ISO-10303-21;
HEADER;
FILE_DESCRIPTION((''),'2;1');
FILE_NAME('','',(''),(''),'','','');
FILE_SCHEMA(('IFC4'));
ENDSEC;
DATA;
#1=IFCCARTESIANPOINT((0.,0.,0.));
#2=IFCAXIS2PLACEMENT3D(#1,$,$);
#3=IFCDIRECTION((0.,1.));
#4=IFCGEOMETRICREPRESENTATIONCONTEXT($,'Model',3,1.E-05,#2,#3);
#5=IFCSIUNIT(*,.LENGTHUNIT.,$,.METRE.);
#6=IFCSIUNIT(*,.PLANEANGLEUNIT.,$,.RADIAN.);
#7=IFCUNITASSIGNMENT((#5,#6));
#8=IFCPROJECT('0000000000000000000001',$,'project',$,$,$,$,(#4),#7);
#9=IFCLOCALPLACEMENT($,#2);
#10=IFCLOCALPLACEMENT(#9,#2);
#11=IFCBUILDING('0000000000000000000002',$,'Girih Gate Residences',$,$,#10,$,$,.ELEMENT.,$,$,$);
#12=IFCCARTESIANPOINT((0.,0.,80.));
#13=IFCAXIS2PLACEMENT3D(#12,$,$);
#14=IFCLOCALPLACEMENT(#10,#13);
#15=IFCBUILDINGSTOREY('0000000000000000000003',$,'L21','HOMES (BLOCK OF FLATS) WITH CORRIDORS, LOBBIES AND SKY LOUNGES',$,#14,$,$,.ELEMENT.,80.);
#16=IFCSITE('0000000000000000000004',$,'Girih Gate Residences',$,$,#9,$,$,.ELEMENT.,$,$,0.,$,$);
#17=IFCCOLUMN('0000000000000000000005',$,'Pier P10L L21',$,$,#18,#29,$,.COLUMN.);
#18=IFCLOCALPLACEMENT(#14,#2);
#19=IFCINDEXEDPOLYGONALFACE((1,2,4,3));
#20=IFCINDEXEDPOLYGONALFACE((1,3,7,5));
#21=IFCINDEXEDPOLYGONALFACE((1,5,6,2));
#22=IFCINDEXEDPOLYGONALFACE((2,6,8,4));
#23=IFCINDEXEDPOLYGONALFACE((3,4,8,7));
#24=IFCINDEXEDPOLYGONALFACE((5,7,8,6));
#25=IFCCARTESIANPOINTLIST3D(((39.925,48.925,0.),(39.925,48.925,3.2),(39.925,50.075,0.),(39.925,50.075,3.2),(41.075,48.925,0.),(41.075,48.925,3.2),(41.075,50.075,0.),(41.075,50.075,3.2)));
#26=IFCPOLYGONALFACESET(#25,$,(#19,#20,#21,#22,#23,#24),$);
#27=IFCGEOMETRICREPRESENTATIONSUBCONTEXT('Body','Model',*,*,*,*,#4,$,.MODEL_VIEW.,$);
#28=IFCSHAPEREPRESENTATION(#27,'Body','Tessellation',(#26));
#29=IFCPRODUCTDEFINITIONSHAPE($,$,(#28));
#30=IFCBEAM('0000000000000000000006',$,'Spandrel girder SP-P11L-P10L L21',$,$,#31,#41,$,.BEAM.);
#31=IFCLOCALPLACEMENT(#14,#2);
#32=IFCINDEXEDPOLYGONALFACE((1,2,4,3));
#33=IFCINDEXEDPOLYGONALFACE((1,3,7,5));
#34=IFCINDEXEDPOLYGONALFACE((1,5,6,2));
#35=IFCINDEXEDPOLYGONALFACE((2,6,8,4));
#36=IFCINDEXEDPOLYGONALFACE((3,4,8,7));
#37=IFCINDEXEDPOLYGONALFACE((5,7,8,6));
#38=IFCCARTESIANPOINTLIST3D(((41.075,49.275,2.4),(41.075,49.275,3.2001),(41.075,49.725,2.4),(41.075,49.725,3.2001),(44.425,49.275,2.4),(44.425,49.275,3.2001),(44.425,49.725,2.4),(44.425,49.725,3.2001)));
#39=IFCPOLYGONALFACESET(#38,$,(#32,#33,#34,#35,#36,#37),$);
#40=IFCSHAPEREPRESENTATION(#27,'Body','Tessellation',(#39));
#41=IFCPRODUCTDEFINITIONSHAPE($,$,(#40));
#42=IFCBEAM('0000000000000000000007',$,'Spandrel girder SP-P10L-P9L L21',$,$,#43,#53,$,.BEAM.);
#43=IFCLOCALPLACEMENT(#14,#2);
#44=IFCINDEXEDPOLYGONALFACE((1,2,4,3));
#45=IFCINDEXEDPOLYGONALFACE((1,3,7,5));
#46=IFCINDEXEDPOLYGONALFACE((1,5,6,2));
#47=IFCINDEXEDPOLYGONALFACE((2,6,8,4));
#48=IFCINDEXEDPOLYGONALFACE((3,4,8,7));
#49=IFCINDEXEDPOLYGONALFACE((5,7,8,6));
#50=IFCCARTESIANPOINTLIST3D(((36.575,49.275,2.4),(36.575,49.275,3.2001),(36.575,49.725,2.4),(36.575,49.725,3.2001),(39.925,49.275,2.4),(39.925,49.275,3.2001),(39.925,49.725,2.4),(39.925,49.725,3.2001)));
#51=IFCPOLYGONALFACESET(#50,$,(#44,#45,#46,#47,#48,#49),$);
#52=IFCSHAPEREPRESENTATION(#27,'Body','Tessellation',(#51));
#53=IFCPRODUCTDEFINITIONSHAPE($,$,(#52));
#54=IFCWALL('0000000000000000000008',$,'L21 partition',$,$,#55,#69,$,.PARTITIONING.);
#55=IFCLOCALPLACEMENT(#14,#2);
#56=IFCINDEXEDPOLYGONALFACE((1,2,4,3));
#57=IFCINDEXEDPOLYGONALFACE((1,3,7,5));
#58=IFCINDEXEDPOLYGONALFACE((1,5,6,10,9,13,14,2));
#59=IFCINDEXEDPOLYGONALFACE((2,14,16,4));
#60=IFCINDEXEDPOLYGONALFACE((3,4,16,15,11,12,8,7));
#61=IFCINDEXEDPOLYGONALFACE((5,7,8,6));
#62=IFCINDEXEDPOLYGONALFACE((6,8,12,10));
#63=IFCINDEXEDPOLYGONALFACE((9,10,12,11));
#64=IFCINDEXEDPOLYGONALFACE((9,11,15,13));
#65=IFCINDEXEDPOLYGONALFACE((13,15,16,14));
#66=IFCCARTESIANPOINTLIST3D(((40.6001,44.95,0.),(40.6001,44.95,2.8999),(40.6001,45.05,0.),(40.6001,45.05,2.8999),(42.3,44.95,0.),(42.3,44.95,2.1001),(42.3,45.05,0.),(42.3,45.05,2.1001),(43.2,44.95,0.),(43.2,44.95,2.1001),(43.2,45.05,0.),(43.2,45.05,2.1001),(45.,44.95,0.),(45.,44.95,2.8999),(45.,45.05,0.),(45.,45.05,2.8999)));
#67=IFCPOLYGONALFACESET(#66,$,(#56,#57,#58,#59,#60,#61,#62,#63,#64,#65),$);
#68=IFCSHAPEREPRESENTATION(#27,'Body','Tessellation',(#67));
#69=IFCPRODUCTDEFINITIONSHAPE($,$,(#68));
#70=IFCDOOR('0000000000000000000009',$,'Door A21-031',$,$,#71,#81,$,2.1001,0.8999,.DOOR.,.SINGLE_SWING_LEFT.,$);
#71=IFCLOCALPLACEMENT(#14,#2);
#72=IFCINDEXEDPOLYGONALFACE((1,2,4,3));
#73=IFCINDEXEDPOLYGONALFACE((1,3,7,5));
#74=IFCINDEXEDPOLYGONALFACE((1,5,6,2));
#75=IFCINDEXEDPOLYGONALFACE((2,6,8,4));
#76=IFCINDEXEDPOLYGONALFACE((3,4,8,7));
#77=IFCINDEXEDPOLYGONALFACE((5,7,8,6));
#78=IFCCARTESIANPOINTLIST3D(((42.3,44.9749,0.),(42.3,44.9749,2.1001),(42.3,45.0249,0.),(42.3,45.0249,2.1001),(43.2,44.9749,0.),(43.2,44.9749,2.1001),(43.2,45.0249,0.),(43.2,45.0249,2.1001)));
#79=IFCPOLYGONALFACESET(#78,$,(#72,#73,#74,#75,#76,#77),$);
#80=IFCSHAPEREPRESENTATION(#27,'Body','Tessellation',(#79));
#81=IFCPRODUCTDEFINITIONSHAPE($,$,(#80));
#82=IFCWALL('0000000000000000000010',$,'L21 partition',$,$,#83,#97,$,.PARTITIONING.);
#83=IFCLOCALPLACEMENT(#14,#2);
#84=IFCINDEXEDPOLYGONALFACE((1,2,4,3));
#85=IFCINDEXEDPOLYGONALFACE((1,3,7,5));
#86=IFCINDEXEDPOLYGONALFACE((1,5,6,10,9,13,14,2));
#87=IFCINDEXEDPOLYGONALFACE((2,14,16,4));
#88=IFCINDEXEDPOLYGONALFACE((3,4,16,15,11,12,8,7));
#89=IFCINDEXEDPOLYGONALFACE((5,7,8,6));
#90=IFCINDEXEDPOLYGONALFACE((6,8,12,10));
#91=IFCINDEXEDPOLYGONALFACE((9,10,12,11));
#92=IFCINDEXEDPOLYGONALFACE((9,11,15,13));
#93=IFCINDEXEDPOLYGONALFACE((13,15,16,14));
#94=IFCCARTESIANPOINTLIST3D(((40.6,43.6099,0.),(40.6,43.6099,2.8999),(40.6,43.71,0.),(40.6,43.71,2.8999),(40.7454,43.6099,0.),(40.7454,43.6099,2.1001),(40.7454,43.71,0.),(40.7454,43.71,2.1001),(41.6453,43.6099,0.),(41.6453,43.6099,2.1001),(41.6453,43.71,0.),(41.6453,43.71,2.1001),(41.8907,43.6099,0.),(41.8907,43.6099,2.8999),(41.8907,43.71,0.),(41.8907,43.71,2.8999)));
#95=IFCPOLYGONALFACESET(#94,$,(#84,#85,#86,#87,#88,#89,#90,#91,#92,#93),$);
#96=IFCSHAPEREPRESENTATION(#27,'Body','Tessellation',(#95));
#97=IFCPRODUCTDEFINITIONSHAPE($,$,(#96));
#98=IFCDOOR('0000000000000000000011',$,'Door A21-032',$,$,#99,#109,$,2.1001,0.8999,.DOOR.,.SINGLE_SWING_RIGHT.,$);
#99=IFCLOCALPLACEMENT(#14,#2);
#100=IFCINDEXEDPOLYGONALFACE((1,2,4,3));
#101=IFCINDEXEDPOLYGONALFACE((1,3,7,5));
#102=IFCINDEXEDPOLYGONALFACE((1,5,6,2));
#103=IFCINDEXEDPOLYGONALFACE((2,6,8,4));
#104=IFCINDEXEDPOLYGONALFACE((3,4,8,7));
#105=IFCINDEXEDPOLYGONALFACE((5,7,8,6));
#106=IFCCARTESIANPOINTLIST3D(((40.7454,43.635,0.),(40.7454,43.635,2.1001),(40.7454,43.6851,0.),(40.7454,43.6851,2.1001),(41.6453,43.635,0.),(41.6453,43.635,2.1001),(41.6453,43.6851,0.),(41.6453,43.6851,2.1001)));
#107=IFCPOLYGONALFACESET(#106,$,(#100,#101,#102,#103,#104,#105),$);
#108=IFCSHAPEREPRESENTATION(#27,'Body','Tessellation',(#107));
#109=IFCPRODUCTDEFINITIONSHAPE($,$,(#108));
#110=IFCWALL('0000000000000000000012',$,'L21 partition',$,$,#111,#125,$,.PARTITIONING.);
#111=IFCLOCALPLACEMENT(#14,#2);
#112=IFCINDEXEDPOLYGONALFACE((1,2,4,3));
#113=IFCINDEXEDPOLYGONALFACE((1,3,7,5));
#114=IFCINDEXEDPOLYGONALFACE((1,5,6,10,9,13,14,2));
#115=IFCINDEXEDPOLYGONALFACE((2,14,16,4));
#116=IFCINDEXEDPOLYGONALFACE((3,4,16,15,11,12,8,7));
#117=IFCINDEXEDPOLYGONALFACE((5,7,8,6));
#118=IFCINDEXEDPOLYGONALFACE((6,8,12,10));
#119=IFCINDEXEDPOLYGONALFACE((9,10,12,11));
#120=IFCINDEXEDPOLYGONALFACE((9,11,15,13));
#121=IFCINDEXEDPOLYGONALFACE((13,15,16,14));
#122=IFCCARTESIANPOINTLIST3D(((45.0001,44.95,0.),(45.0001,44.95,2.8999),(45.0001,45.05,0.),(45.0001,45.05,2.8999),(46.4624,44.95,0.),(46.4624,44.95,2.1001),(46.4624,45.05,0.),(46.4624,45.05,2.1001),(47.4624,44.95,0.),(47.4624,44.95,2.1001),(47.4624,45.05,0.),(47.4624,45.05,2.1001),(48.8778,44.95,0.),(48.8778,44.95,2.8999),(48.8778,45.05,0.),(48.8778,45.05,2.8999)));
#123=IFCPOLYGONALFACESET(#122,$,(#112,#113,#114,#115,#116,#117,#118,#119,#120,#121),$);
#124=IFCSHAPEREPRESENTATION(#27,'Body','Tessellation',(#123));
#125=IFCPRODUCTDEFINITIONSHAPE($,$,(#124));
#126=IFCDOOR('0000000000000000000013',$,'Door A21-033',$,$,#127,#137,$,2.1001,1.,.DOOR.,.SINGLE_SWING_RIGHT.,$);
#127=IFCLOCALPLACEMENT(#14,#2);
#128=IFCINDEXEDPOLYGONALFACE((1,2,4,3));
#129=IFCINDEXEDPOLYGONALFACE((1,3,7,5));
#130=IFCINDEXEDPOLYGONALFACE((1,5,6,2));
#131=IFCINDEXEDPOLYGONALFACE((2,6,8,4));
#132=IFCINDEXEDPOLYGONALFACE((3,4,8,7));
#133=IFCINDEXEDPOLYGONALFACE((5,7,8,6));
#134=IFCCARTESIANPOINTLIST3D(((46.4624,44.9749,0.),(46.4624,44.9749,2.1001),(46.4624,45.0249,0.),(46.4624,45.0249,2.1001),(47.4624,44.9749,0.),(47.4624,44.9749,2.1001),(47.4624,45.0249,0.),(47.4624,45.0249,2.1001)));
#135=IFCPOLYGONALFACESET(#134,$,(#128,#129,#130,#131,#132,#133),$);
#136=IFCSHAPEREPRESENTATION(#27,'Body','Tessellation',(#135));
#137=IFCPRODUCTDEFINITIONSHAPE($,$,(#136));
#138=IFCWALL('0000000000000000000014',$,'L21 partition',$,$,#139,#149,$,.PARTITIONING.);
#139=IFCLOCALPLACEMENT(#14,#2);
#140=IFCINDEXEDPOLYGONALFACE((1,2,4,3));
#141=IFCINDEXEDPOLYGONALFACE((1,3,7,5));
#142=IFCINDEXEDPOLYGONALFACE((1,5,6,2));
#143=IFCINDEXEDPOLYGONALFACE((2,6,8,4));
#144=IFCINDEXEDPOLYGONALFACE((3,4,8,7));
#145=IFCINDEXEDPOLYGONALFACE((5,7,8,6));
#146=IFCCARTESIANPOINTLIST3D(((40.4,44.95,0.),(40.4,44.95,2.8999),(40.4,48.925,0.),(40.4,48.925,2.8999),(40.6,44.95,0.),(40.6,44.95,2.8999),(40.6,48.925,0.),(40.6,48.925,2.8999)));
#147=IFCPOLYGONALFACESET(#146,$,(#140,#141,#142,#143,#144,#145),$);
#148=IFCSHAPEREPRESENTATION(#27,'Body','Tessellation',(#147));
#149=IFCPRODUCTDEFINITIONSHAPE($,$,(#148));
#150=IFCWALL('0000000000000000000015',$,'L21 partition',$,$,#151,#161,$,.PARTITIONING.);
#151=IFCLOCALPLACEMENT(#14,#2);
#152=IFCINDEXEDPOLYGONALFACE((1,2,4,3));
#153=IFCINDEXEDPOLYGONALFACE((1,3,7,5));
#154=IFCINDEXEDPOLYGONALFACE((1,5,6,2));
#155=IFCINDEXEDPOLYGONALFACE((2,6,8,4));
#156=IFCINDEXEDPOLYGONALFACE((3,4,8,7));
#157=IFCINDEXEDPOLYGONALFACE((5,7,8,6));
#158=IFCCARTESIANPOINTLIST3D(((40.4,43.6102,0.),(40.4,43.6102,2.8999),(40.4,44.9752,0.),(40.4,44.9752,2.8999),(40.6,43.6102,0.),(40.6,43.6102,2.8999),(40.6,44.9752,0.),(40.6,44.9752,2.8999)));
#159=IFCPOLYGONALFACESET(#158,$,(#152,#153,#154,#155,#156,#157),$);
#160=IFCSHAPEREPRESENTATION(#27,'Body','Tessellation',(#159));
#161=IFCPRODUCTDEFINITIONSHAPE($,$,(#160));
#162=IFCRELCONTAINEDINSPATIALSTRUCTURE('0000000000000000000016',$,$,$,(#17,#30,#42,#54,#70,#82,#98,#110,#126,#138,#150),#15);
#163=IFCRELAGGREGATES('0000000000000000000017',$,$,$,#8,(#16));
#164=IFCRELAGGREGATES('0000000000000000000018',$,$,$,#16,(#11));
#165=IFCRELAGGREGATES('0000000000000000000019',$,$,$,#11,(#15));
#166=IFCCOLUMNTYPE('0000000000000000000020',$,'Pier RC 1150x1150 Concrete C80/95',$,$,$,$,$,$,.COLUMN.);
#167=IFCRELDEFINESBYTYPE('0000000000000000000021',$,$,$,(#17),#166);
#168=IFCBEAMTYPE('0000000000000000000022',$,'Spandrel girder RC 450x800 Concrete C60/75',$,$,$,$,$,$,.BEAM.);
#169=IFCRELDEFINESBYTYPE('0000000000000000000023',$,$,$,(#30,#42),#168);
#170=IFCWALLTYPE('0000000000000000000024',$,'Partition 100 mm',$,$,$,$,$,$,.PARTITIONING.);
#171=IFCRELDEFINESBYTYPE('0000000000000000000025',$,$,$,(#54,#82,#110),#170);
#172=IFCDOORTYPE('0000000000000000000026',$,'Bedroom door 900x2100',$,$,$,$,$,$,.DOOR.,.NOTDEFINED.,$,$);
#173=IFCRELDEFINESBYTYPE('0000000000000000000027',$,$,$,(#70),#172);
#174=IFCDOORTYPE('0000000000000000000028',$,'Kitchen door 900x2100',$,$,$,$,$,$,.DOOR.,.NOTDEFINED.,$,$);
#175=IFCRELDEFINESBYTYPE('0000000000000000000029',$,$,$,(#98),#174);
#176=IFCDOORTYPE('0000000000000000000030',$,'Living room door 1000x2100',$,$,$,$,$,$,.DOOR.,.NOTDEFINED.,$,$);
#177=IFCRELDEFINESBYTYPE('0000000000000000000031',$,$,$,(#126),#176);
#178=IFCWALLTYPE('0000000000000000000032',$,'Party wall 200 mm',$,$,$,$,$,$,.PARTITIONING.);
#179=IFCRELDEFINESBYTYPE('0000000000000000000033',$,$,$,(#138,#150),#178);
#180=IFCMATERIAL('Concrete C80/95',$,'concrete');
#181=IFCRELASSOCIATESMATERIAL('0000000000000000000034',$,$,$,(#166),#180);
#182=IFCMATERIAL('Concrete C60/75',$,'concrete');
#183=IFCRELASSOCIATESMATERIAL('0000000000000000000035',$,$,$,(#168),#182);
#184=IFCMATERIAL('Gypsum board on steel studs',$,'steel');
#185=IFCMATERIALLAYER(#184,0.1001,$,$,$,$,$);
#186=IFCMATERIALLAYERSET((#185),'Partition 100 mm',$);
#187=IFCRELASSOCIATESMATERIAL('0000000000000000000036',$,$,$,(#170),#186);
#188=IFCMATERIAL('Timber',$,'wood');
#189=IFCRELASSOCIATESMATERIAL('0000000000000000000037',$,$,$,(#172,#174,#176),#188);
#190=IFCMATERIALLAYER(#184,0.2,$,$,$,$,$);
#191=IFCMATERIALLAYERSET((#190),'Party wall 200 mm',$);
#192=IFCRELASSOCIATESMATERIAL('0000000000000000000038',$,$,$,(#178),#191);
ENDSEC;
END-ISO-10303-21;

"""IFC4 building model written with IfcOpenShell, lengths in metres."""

from ifc_helpers import new_model, si_unit, direction, frame, frame_2d, origin, origin_2d, place, context, subcontext, project, spatial, rectangle, extrude, material, layer, layer_set, material_profile, profile_set, type_object, element, fill, save


model = new_model("IFC4")

# Units and contexts
model_context = context("Model", 3, precision=1e-05, world=origin(), true_north=direction((0.0, 1.0)))
body_context = subcontext(model_context, "Body", "Model", "MODEL_VIEW")
ifc_project = project(units=[si_unit("LENGTHUNIT", "METRE"), si_unit("PLANEANGLEUNIT", "RADIAN")], contexts=[model_context])

# Site, building, storey
site_placement = place(None, origin())
site = spatial("IfcSite", under=ifc_project, at=site_placement, Name="Girih Gate Residences", CompositionType="ELEMENT", RefElevation=0.0)
building_placement = place(site_placement, origin())
building = spatial("IfcBuilding", under=site, at=building_placement, Name="Girih Gate Residences", CompositionType="ELEMENT")
storey_placement = place(building_placement, frame((0.0, 0.0, 80.0)))
storey = spatial("IfcBuildingStorey", under=building, at=storey_placement, Name="L21", Description="HOMES (BLOCK OF FLATS) WITH CORRIDORS, LOBBIES AND SKY LOUNGES", CompositionType="ELEMENT", Elevation=80.0)

# Column
ifc_material_1 = material(Name="Concrete C80/95", Category="concrete")
ifc_material_profile_1 = material_profile(ifc_material_1, rectangle(XDim=1.1499, YDim=1.1499, at=origin_2d()))
ifc_profile_set_1 = profile_set([ifc_material_profile_1], Name="Concrete C80/95")
column_type = type_object("IfcColumnType", Name="Pier RC 1150x1150 Concrete C80/95", PredefinedType="COLUMN", material=ifc_profile_set_1)
column_placement = place(storey_placement, frame((40.5, 49.5, 0.0), z_axis=(0.0, 0.0, 1.0), x_axis=(1.0, 0.0, 0.0)))
element("IfcColumn", 1, at=column_placement, inside=storey, type_object=column_type, Name="Pier P10L L21", PredefinedType="COLUMN", context=body_context, shape_type="SweptSolid", body=[
    extrude(rectangle(XDim=1.1499, YDim=1.1499, at=origin_2d()), origin(), (0.0, 0.0, 1.0), 3.2),
])

# Beams
ifc_material_2 = material(Name="Concrete C60/75", Category="concrete")
ifc_material_profile_2 = material_profile(ifc_material_2, rectangle(XDim=0.45, YDim=0.8, at=origin_2d()))
ifc_profile_set_2 = profile_set([ifc_material_profile_2], Name="Concrete C60/75")
beam_type = type_object("IfcBeamType", Name="Spandrel girder RC 450x800 Concrete C60/75", PredefinedType="BEAM", material=ifc_profile_set_2)
for number, where, z_axis, x_axis, name in (
    (2, (44.425, 49.5, 2.8), (-1.0, 0.0, 0.0), (0.0, -1.0, 0.0), "Spandrel girder SP-P11L-P10L L21"),
    (3, (39.925, 49.5, 2.8), (-1.0, 0.0, 0.0), (0.0, -1.0, 0.0), "Spandrel girder SP-P10L-P9L L21"),
):
    element("IfcBeam", number, at=place(storey_placement, frame(where, z_axis=z_axis, x_axis=x_axis)), inside=storey, type_object=beam_type, Name=name, PredefinedType="BEAM", context=body_context, shape_type="SweptSolid", body=[
        extrude(rectangle(XDim=0.45, YDim=0.8, at=origin_2d()), origin(), (0.0, 0.0, 1.0), 3.3501),
    ])

# Walls, openings, doors
ifc_material_3 = material(Name="Gypsum board on steel studs", Category="steel")
ifc_layer_1 = layer(ifc_material_3, 0.1001)
ifc_layer_set_1 = layer_set([ifc_layer_1], Name="Partition 100 mm")
wall_type_1 = type_object("IfcWallType", Name="Partition 100 mm", PredefinedType="PARTITIONING", material=ifc_layer_set_1)
wall_1_placement = place(storey_placement, frame((40.6001, 45.0, 0.0), z_axis=(0.0, 0.0, 1.0), x_axis=(1.0, 0.0, 0.0)))
wall_1 = element("IfcWall", 4, at=wall_1_placement, inside=storey, type_object=wall_type_1, Name="L21 partition", PredefinedType="PARTITIONING", context=body_context, shape_type="SweptSolid", body=[
    extrude(rectangle(XDim=4.3999, YDim=0.1001, at=frame_2d((2.2, 0.0))), origin(), (0.0, 0.0, 1.0), 2.8999),
])
opening_1_placement = place(wall_1_placement, frame((1.7, 0.0, 0.0)))
opening_1 = element("IfcOpeningElement", 5, at=opening_1_placement, cuts=wall_1, PredefinedType="OPENING", context=body_context, shape_type="SweptSolid", body=[
    extrude(rectangle(XDim=0.8999, YDim=2.1001, at=frame_2d((0.45, 1.05))), frame((0.0, 0.0601, 0.0), z_axis=(0.0, -1.0, 0.0), x_axis=(1.0, 0.0, 0.0)), (0.0, 0.0, 1.0), 0.1201),
])
ifc_material_4 = material(Name="Timber", Category="wood")
door_type_1 = type_object("IfcDoorType", Name="Bedroom door 900x2100", OperationType="NOTDEFINED", PredefinedType="DOOR", material=ifc_material_4)
door_1_placement = place(opening_1_placement, origin())
door_1 = element("IfcDoor", 6, at=door_1_placement, inside=storey, type_object=door_type_1, Name="Door A21-031", OperationType="SINGLE_SWING_LEFT", OverallHeight=2.1001, OverallWidth=0.8999, PredefinedType="DOOR", context=body_context, shape_type="SweptSolid", body=[
    extrude(rectangle(XDim=0.8999, YDim=2.1001, at=frame_2d((0.45, 1.05))), frame((0.0, 0.0249, 0.0), z_axis=(0.0, -1.0, 0.0), x_axis=(1.0, 0.0, 0.0)), (0.0, 0.0, 1.0), 0.05),
])
fill(opening_1, door_1)
wall_2_placement = place(storey_placement, frame((41.8909, 43.6599, 0.0), z_axis=(0.0, 0.0, 1.0), x_axis=(-1.0, 0.0, 0.0)))
wall_2 = element("IfcWall", 7, at=wall_2_placement, inside=storey, type_object=wall_type_1, Name="L21 partition", PredefinedType="PARTITIONING", context=body_context, shape_type="SweptSolid", body=[
    extrude(rectangle(XDim=1.2908, YDim=0.1001, at=frame_2d((0.6455, 0.0))), origin(), (0.0, 0.0, 1.0), 2.8999),
])
opening_2_placement = place(wall_2_placement, frame((0.2456, 0.0, 0.0)))
opening_2 = element("IfcOpeningElement", 8, at=opening_2_placement, cuts=wall_2, PredefinedType="OPENING", context=body_context, shape_type="SweptSolid", body=[
    extrude(rectangle(XDim=0.8999, YDim=2.1001, at=frame_2d((0.45, 1.05))), frame((0.0, 0.0601, 0.0), z_axis=(0.0, -1.0, 0.0), x_axis=(1.0, 0.0, 0.0)), (0.0, 0.0, 1.0), 0.1201),
])
door_type_2 = type_object("IfcDoorType", Name="Kitchen door 900x2100", OperationType="NOTDEFINED", PredefinedType="DOOR", material=ifc_material_4)
door_2_placement = place(opening_2_placement, origin())
door_2 = element("IfcDoor", 9, at=door_2_placement, inside=storey, type_object=door_type_2, Name="Door A21-032", OperationType="SINGLE_SWING_RIGHT", OverallHeight=2.1001, OverallWidth=0.8999, PredefinedType="DOOR", context=body_context, shape_type="SweptSolid", body=[
    extrude(rectangle(XDim=0.8999, YDim=2.1001, at=frame_2d((0.45, 1.05))), frame((0.0, 0.0249, 0.0), z_axis=(0.0, -1.0, 0.0), x_axis=(1.0, 0.0, 0.0)), (0.0, 0.0, 1.0), 0.05),
])
fill(opening_2, door_2)
wall_3_placement = place(storey_placement, frame((45.0, 45.0, 0.0), z_axis=(0.0, 0.0, 1.0), x_axis=(1.0, 0.0, 0.0)))
wall_3 = element("IfcWall", 10, at=wall_3_placement, inside=storey, type_object=wall_type_1, Name="L21 partition", PredefinedType="PARTITIONING", context=body_context, shape_type="SweptSolid", body=[
    extrude(rectangle(XDim=3.8777, YDim=0.1001, at=frame_2d((1.939, 0.0))), origin(), (0.0, 0.0, 1.0), 2.8999),
])
opening_3_placement = place(wall_3_placement, frame((1.4624, 0.0, 0.0)))
opening_3 = element("IfcOpeningElement", 11, at=opening_3_placement, cuts=wall_3, PredefinedType="OPENING", context=body_context, shape_type="SweptSolid", body=[
    extrude(rectangle(XDim=1.0, YDim=2.1001, at=frame_2d((0.5, 1.05))), frame((0.0, 0.0601, 0.0), z_axis=(0.0, -1.0, 0.0), x_axis=(1.0, 0.0, 0.0)), (0.0, 0.0, 1.0), 0.1201),
])
door_type_3 = type_object("IfcDoorType", Name="Living room door 1000x2100", OperationType="NOTDEFINED", PredefinedType="DOOR", material=ifc_material_4)
door_3_placement = place(opening_3_placement, origin())
door_3 = element("IfcDoor", 12, at=door_3_placement, inside=storey, type_object=door_type_3, Name="Door A21-033", OperationType="SINGLE_SWING_RIGHT", OverallHeight=2.1001, OverallWidth=1.0, PredefinedType="DOOR", context=body_context, shape_type="SweptSolid", body=[
    extrude(rectangle(XDim=1.0, YDim=2.1001, at=frame_2d((0.5, 1.05))), frame((0.0, 0.0249, 0.0), z_axis=(0.0, -1.0, 0.0), x_axis=(1.0, 0.0, 0.0)), (0.0, 0.0, 1.0), 0.05),
])
fill(opening_3, door_3)

# Walls
ifc_layer_2 = layer(ifc_material_3, 0.2)
ifc_layer_set_2 = layer_set([ifc_layer_2], Name="Party wall 200 mm")
wall_type_2 = type_object("IfcWallType", Name="Party wall 200 mm", PredefinedType="PARTITIONING", material=ifc_layer_set_2)
wall_4_placement = place(storey_placement, frame((40.5, 44.95, 0.0), z_axis=(0.0, 0.0, 1.0), x_axis=(0.0, 1.0, 0.0)))
element("IfcWall", 13, at=wall_4_placement, inside=storey, type_object=wall_type_2, Name="L21 partition", PredefinedType="PARTITIONING", context=body_context, shape_type="SweptSolid", body=[
    extrude(rectangle(XDim=3.9751, YDim=0.2, at=frame_2d((1.9875, 0.0))), origin(), (0.0, 0.0, 1.0), 2.8999),
])
wall_5_placement = place(storey_placement, frame((40.5, 43.6101, 0.0), z_axis=(0.0, 0.0, 1.0), x_axis=(0.0, 1.0, 0.0)))
element("IfcWall", 14, at=wall_5_placement, inside=storey, type_object=wall_type_2, Name="L21 partition", PredefinedType="PARTITIONING", context=body_context, shape_type="SweptSolid", body=[
    extrude(rectangle(XDim=1.365, YDim=0.2, at=frame_2d((0.6826, 0.0))), origin(), (0.0, 0.0, 1.0), 2.8999),
])

save(model, "model.ifc")
